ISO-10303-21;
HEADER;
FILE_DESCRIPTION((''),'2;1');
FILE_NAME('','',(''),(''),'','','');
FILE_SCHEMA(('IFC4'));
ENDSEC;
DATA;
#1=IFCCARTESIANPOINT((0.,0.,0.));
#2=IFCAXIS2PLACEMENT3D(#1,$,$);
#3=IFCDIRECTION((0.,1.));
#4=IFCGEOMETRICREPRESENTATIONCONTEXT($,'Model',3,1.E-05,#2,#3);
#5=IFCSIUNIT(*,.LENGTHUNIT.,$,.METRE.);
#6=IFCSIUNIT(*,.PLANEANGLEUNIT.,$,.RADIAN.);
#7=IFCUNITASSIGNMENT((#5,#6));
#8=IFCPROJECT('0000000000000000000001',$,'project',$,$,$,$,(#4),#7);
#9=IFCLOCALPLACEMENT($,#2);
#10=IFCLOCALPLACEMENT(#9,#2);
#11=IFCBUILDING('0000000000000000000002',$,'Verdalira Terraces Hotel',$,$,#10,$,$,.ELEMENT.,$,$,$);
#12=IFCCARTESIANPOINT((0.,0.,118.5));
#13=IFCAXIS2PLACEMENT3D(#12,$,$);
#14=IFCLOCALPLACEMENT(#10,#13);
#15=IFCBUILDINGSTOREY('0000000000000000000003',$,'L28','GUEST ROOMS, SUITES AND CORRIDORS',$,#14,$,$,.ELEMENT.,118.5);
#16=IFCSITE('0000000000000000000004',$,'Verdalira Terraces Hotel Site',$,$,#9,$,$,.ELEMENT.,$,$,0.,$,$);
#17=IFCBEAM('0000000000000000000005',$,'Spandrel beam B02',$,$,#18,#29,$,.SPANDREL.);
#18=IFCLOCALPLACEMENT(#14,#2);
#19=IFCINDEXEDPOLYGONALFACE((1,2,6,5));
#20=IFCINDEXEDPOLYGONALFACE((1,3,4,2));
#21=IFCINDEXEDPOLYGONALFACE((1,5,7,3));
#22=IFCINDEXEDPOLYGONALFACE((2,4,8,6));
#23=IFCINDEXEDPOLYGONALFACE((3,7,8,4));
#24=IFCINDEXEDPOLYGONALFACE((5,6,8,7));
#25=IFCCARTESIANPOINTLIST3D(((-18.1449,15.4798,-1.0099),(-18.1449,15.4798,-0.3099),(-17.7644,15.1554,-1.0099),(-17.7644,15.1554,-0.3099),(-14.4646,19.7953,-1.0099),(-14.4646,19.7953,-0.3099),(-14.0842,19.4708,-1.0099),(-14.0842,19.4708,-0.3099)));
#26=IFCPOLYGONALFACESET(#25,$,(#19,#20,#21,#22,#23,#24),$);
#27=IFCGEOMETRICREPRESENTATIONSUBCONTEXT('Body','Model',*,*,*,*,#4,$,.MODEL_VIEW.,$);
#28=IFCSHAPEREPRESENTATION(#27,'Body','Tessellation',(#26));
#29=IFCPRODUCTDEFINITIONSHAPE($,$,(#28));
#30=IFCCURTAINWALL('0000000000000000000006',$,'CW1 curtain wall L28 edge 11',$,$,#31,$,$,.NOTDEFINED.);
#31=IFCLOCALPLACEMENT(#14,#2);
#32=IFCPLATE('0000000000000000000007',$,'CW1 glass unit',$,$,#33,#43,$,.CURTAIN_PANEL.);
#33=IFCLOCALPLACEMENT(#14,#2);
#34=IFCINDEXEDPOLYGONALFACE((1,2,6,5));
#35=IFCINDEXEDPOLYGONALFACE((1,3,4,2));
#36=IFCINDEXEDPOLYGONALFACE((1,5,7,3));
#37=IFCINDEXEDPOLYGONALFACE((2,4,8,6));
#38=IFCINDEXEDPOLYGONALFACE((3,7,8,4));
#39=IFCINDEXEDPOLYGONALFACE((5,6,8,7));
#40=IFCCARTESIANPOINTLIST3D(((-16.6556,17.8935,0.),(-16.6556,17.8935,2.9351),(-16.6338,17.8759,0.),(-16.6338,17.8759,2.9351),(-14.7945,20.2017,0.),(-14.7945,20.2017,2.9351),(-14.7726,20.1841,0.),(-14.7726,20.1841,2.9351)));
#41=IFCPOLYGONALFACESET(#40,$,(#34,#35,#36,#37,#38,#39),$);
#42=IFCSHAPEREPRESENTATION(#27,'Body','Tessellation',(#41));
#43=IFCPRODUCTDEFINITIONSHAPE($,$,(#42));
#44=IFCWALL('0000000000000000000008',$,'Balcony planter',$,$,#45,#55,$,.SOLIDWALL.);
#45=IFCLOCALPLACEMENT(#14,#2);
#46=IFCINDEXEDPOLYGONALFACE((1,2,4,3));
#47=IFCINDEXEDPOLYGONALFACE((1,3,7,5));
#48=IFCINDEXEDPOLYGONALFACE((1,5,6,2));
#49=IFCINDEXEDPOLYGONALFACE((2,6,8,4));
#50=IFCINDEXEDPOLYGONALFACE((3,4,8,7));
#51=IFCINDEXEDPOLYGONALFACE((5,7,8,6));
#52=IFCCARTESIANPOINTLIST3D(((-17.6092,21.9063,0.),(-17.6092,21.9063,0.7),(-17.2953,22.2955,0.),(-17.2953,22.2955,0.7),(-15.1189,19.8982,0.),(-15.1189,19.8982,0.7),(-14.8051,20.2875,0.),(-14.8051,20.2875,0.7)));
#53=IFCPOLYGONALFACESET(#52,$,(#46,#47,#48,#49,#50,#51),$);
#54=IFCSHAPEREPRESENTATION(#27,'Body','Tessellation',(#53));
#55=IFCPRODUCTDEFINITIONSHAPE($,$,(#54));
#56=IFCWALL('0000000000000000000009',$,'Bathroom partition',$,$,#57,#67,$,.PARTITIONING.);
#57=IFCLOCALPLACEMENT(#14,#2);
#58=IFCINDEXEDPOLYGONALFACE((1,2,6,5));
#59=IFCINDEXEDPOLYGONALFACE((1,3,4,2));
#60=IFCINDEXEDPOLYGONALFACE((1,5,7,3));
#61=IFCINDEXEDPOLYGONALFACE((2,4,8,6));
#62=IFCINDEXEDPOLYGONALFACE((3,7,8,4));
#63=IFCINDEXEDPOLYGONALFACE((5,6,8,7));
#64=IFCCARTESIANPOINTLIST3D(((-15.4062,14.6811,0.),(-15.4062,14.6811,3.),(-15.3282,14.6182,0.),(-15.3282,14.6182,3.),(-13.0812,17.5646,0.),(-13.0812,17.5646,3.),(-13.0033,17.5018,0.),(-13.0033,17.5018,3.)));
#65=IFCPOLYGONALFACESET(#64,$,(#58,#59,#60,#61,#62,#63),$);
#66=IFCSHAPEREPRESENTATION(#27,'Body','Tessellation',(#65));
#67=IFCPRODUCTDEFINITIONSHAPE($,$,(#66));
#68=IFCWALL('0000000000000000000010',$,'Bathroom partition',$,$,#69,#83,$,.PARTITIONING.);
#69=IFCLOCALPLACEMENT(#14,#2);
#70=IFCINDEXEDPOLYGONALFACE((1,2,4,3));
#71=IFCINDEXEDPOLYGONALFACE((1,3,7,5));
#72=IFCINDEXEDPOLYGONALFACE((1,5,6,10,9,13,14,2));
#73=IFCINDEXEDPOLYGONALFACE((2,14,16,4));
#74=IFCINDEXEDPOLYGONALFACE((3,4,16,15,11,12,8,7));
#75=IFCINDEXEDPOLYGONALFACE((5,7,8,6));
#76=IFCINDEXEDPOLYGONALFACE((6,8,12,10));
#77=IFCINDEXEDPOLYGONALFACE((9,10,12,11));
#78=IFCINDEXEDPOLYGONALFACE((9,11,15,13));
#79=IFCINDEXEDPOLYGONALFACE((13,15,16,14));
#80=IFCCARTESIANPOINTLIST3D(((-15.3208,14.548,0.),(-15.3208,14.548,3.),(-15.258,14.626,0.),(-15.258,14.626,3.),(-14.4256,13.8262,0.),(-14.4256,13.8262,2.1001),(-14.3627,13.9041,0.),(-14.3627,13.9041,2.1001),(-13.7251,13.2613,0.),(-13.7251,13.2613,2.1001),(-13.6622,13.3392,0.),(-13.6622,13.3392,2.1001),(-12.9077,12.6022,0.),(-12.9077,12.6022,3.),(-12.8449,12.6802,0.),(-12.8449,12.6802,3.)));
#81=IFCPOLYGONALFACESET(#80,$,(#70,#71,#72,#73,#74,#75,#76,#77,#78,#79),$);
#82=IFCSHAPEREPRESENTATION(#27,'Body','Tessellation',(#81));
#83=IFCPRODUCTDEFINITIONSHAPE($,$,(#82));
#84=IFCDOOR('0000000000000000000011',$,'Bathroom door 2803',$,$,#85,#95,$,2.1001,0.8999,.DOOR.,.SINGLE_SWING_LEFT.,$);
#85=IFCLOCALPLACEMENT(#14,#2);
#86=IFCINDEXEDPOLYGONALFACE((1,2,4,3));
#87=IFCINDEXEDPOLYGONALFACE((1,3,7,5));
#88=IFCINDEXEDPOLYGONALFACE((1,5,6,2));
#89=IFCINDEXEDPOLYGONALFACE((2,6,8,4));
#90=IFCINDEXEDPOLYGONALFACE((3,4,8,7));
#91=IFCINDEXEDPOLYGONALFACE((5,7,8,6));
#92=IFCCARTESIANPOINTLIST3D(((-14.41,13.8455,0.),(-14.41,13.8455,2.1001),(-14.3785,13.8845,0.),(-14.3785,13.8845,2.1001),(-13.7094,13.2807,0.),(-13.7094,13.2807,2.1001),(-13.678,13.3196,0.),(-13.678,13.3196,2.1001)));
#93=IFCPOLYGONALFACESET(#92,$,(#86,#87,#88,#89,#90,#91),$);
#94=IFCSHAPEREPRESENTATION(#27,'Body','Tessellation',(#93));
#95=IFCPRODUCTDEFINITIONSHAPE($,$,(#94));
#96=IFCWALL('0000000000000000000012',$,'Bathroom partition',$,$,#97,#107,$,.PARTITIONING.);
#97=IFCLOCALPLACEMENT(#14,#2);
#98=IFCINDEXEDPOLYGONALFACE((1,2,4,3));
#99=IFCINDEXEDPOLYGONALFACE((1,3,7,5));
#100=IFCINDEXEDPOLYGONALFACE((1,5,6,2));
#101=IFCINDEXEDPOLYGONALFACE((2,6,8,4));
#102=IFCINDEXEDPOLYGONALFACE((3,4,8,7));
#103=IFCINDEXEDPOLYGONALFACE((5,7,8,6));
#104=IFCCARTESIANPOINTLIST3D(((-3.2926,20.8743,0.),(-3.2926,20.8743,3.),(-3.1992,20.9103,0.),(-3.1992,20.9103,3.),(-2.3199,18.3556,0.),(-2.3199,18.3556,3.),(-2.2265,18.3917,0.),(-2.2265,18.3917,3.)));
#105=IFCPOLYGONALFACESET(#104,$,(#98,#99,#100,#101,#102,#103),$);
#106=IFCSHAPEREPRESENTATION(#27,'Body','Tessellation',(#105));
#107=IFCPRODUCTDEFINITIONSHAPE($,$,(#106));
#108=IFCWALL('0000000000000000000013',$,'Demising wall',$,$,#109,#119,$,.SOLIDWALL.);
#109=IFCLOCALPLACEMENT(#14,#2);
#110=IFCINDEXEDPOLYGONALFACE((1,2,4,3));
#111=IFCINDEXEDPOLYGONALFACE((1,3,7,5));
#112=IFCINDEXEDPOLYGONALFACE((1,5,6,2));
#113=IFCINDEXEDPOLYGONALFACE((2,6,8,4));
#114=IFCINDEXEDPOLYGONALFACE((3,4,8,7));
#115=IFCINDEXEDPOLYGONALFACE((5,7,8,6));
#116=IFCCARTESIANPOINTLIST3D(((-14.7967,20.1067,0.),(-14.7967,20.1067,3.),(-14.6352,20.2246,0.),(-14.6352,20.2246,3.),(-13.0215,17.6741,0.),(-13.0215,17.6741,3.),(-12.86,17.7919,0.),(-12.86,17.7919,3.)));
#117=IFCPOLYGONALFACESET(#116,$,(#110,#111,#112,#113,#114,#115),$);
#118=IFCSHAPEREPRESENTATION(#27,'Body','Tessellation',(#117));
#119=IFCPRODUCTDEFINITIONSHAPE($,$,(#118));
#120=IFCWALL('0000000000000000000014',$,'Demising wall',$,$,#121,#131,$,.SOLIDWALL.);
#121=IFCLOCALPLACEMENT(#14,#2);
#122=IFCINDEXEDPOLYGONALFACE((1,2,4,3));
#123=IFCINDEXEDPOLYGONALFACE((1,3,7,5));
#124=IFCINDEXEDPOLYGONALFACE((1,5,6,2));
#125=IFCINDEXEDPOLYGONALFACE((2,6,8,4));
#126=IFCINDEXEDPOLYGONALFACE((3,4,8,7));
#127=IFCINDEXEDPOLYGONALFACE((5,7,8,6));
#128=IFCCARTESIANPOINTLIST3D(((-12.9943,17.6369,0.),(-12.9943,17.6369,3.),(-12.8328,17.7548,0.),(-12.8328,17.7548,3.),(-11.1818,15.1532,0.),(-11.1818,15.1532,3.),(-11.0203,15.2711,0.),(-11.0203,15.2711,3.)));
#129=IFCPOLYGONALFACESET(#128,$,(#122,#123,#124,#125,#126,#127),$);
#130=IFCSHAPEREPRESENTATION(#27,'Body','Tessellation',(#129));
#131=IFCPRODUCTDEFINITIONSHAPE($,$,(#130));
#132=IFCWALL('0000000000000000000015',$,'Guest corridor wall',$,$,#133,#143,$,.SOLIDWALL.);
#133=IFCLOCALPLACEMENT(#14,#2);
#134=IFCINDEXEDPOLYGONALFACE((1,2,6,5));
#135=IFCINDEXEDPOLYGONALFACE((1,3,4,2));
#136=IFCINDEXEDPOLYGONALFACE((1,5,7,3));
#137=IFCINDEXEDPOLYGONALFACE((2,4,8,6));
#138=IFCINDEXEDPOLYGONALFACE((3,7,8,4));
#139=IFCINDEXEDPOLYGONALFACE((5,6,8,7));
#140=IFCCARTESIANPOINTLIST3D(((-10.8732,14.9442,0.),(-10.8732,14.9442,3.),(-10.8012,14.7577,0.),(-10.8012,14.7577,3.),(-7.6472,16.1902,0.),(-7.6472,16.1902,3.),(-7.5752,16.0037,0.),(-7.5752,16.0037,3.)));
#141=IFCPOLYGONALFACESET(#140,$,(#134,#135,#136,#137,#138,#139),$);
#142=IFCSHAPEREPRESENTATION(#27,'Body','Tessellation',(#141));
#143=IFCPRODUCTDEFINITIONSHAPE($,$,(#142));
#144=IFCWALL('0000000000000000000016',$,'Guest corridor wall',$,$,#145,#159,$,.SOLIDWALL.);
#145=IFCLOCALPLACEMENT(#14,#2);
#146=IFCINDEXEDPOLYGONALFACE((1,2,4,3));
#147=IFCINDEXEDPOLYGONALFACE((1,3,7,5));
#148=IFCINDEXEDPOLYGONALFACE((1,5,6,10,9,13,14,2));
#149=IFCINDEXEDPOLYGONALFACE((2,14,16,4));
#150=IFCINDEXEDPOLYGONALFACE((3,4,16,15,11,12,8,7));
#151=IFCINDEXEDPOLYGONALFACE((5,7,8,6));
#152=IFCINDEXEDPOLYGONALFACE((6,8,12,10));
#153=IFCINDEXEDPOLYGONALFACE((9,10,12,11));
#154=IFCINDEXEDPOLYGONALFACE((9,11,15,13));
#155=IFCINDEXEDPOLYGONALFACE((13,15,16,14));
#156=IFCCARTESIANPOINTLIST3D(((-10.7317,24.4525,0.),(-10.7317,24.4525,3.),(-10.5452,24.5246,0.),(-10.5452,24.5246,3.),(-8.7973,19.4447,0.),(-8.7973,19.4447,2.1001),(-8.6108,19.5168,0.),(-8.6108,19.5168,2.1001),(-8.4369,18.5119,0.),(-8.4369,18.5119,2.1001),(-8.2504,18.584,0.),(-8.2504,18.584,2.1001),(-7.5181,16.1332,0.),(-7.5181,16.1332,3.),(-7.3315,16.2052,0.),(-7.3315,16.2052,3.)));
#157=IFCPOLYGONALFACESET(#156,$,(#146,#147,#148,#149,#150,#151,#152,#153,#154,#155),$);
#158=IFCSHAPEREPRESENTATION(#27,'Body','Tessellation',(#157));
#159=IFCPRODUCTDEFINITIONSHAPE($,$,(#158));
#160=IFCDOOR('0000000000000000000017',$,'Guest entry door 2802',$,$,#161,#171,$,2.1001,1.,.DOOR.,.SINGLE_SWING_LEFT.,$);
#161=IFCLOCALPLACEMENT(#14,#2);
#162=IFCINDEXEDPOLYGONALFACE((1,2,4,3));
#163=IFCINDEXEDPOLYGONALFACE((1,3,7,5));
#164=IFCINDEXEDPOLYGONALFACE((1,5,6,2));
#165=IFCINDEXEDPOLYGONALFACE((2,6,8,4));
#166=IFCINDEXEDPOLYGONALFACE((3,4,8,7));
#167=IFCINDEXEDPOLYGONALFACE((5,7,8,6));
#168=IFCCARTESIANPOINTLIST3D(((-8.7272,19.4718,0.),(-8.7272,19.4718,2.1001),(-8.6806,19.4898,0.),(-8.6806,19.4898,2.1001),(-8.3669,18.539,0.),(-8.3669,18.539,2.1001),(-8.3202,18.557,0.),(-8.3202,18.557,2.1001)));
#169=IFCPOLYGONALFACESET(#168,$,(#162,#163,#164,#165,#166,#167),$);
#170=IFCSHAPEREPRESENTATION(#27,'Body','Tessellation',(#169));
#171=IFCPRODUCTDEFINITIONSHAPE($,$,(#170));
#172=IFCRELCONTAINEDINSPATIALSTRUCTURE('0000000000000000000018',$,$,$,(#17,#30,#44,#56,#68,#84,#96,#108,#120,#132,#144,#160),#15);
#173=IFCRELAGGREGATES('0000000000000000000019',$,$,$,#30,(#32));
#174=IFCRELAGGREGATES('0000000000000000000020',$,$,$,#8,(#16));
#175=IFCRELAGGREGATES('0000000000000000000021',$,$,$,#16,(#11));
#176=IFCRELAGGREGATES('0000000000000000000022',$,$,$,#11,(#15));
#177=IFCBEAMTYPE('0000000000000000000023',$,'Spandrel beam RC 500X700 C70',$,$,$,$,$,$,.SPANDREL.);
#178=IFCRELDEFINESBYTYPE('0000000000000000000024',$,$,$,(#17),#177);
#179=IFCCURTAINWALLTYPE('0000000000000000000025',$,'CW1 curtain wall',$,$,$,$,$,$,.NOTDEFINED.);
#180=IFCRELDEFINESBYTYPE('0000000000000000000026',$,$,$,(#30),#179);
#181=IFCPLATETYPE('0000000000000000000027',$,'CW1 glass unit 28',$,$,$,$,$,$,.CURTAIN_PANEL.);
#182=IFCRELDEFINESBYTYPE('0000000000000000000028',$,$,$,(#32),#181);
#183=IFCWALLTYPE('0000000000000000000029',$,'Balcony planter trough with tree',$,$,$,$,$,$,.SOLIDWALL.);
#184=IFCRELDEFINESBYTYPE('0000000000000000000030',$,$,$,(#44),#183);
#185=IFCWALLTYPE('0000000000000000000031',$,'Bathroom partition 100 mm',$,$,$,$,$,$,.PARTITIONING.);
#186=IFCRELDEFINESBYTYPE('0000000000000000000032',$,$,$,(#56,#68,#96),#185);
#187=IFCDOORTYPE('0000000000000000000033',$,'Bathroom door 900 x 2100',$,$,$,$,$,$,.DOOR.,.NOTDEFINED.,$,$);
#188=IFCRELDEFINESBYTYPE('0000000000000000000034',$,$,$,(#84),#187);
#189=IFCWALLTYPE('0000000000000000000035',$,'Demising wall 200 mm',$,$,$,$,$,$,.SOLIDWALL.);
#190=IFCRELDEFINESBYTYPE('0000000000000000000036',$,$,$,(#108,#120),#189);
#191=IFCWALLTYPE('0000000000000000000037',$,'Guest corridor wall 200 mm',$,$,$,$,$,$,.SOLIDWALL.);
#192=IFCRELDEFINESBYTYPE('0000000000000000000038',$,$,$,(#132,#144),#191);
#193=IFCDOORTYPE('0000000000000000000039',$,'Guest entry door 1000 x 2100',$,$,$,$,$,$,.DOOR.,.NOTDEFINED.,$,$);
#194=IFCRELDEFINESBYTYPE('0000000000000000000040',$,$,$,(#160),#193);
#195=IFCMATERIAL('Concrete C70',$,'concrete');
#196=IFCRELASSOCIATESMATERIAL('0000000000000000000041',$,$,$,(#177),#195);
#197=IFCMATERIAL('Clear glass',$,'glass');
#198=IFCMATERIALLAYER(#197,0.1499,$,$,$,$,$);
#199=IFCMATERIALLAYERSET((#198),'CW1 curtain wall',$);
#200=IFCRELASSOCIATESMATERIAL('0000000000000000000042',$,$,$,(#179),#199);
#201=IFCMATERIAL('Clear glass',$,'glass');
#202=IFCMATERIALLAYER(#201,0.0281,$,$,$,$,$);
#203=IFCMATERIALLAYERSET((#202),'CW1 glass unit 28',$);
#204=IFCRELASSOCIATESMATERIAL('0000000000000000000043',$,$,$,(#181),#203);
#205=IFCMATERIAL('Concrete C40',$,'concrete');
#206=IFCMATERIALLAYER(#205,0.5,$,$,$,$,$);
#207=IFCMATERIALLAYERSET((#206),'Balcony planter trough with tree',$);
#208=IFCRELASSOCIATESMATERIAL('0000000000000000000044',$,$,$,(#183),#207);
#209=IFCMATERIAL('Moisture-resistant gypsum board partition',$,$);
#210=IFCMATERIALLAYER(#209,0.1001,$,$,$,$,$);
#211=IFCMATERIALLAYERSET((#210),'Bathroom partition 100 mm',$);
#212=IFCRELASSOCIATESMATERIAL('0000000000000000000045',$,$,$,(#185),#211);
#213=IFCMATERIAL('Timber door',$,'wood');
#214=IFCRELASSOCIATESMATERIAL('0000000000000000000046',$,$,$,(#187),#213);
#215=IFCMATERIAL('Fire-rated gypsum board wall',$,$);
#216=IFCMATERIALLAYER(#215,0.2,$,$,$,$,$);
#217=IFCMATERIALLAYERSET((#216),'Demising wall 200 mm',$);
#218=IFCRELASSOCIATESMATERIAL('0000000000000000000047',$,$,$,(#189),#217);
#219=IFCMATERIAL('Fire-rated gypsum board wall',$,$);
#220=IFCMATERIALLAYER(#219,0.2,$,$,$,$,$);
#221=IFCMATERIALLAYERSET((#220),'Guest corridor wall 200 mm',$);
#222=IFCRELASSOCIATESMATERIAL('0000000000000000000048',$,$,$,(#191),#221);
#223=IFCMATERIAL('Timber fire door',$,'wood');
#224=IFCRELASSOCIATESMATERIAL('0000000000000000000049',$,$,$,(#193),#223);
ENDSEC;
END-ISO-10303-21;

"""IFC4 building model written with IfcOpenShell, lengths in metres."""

from ifc_helpers import new_model, si_unit, direction, frame, frame_2d, origin, origin_2d, place, context, subcontext, project, spatial, rectangle, extrude, material, layer, layer_set, material_profile, profile_set, type_object, element, fill, aggregate, save


model = new_model("IFC4")

# Units and contexts
model_context = context("Model", 3, precision=1e-05, world=origin(), true_north=direction((0.0, 1.0)))
body_context = subcontext(model_context, "Body", "Model", "MODEL_VIEW")
ifc_project = project(units=[si_unit("LENGTHUNIT", "METRE"), si_unit("PLANEANGLEUNIT", "RADIAN")], contexts=[model_context])

# Site, building, storey
site_placement = place(None, origin())
site = spatial("IfcSite", under=ifc_project, at=site_placement, Name="Verdalira Terraces Hotel Site", CompositionType="ELEMENT", RefElevation=0.0)
building_placement = place(site_placement, origin())
building = spatial("IfcBuilding", under=site, at=building_placement, Name="Verdalira Terraces Hotel", CompositionType="ELEMENT")
storey_placement = place(building_placement, frame((0.0, 0.0, 118.5)))
storey = spatial("IfcBuildingStorey", under=building, at=storey_placement, Name="L28", Description="GUEST ROOMS, SUITES AND CORRIDORS", CompositionType="ELEMENT", Elevation=118.5)

# Beam
ifc_material_1 = material(Name="Concrete C70", Category="concrete")
ifc_material_profile = material_profile(ifc_material_1, rectangle(XDim=0.5, YDim=0.7, at=origin_2d()), Name="RC 500X700")
ifc_profile_set = profile_set([ifc_material_profile], Name="Concrete C70")
beam_type = type_object("IfcBeamType", Name="Spandrel beam RC 500X700 C70", PredefinedType="SPANDREL", material=ifc_profile_set)
beam_placement = place(storey_placement, frame((-14.2744, 19.6331, -0.6599), z_axis=(-0.648882, -0.760889, 0.0), x_axis=(0.760889, -0.648882, 0.0)))
element("IfcBeam", 1, at=beam_placement, inside=storey, type_object=beam_type, Name="Spandrel beam B02", PredefinedType="SPANDREL", context=body_context, shape_type="SweptSolid", body=[
    extrude(rectangle(XDim=0.5, YDim=0.7, at=origin_2d()), origin(), (0.0, 0.0, 1.0), 5.6716),
])

# Curtain wall, plate
ifc_material_2 = material(Name="Clear glass", Category="glass")
ifc_layer_1 = layer(ifc_material_2, 0.1499)
ifc_layer_set_1 = layer_set([ifc_layer_1], Name="CW1 curtain wall")
curtain_wall_type = type_object("IfcCurtainWallType", Name="CW1 curtain wall", PredefinedType="NOTDEFINED", material=ifc_layer_set_1)
curtain_wall_placement = place(storey_placement, origin())
curtain_wall = element("IfcCurtainWall", 2, at=curtain_wall_placement, inside=storey, type_object=curtain_wall_type, Name="CW1 curtain wall L28 edge 11", PredefinedType="NOTDEFINED")
ifc_material_3 = material(Name="Clear glass", Category="glass")
ifc_layer_2 = layer(ifc_material_3, 0.0281)
ifc_layer_set_2 = layer_set([ifc_layer_2], Name="CW1 glass unit 28")
plate_type = type_object("IfcPlateType", Name="CW1 glass unit 28", PredefinedType="CURTAIN_PANEL", material=ifc_layer_set_2)
plate_placement = place(storey_placement, frame((-15.7141, 19.0388, 0.0), z_axis=(0.0, 0.0, 1.0), x_axis=(-0.627691, -0.778462, 0.0)))
plate = element("IfcPlate", 3, at=plate_placement, type_object=plate_type, Name="CW1 glass unit", PredefinedType="CURTAIN_PANEL", context=body_context, shape_type="SweptSolid", body=[
    extrude(rectangle(XDim=2.9651, YDim=0.0281, at=origin_2d()), origin(), (0.0, 0.0, 1.0), 2.9351),
])
aggregate(curtain_wall, [plate])

# Walls
ifc_material_4 = material(Name="Concrete C40", Category="concrete")
ifc_layer_3 = layer(ifc_material_4, 0.5)
ifc_layer_set_3 = layer_set([ifc_layer_3], Name="Balcony planter trough with tree")
wall_type_1 = type_object("IfcWallType", Name="Balcony planter trough with tree", PredefinedType="SOLIDWALL", material=ifc_layer_set_3)
wall_1_placement = place(storey_placement, frame((-14.9619, 20.0928, 0.0), z_axis=(0.0, 0.0, 1.0), x_axis=(-0.778443, 0.627715, 0.0)))
element("IfcWall", 4, at=wall_1_placement, inside=storey, type_object=wall_type_1, Name="Balcony planter", PredefinedType="SOLIDWALL", context=body_context, shape_type="SweptSolid", body=[
    extrude(rectangle(XDim=3.199, YDim=0.5, at=frame_2d((1.5996, 0.0))), origin(), (0.0, 0.0, 1.0), 0.7),
])
ifc_material_5 = material(Name="Moisture-resistant gypsum board partition")
ifc_layer_4 = layer(ifc_material_5, 0.1001)
ifc_layer_set_4 = layer_set([ifc_layer_4], Name="Bathroom partition 100 mm")
wall_type_2 = type_object("IfcWallType", Name="Bathroom partition 100 mm", PredefinedType="PARTITIONING", material=ifc_layer_set_4)
wall_2_placement = place(storey_placement, frame((-15.3672, 14.6497, 0.0), z_axis=(0.0, 0.0, 1.0), x_axis=(0.627673, 0.778477, 0.0)))
element("IfcWall", 5, at=wall_2_placement, inside=storey, type_object=wall_type_2, Name="Bathroom partition", PredefinedType="PARTITIONING", context=body_context, shape_type="SweptSolid", body=[
    extrude(rectangle(XDim=3.7041, YDim=0.1001, at=frame_2d((1.8521, 0.0))), origin(), (0.0, 0.0, 1.0), 3.0),
])

# Wall, opening, door
wall_3_placement = place(storey_placement, frame((-15.2893, 14.5869, 0.0), z_axis=(0.0, 0.0, 1.0), x_axis=(0.77845, -0.627706, 0.0)))
wall_3 = element("IfcWall", 6, at=wall_3_placement, inside=storey, type_object=wall_type_2, Name="Bathroom partition", PredefinedType="PARTITIONING", context=body_context, shape_type="SweptSolid", body=[
    extrude(rectangle(XDim=3.0999, YDim=0.1001, at=frame_2d((1.5498, 0.0))), origin(), (0.0, 0.0, 1.0), 3.0),
])
opening_1_placement = place(wall_3_placement, frame((1.1499, 0.0, 0.0)))
opening_1 = element("IfcOpeningElement", 7, at=opening_1_placement, cuts=wall_3, PredefinedType="OPENING", context=body_context, shape_type="SweptSolid", body=[
    extrude(rectangle(XDim=0.8999, YDim=2.1001, at=frame_2d((0.45, 1.05))), frame((0.0, 0.0601, 0.0), z_axis=(0.0, -1.0, 0.0), x_axis=(1.0, 0.0, 0.0)), (0.0, 0.0, 1.0), 0.1201),
])
ifc_material_6 = material(Name="Timber door", Category="wood")
door_type_1 = type_object("IfcDoorType", Name="Bathroom door 900 x 2100", OperationType="NOTDEFINED", PredefinedType="DOOR", material=ifc_material_6)
door_1_placement = place(opening_1_placement, origin())
door_1 = element("IfcDoor", 8, at=door_1_placement, inside=storey, type_object=door_type_1, Name="Bathroom door 2803", OperationType="SINGLE_SWING_LEFT", OverallHeight=2.1001, OverallWidth=0.8999, PredefinedType="DOOR", context=body_context, shape_type="SweptSolid", body=[
    extrude(rectangle(XDim=0.8999, YDim=2.1001, at=frame_2d((0.45, 1.05))), frame((0.0, 0.0249, 0.0), z_axis=(0.0, -1.0, 0.0), x_axis=(1.0, 0.0, 0.0)), (0.0, 0.0, 1.0), 0.05),
])
fill(opening_1, door_1)

# Walls
wall_4_placement = place(storey_placement, frame((-2.2732, 18.3735, 0.0), z_axis=(0.0, 0.0, 1.0), x_axis=(-0.360263, 0.932851, 0.0)))
element("IfcWall", 9, at=wall_4_placement, inside=storey, type_object=wall_type_2, Name="Bathroom partition", PredefinedType="PARTITIONING", context=body_context, shape_type="SweptSolid", body=[
    extrude(rectangle(XDim=2.7, YDim=0.1001, at=frame_2d((1.3501, 0.0))), origin(), (0.0, 0.0, 1.0), 3.0),
])
ifc_material_7 = material(Name="Fire-rated gypsum board wall")
ifc_layer_5 = layer(ifc_material_7, 0.2)
ifc_layer_set_5 = layer_set([ifc_layer_5], Name="Demising wall 200 mm")
wall_type_3 = type_object("IfcWallType", Name="Demising wall 200 mm", PredefinedType="SOLIDWALL", material=ifc_layer_set_5)
wall_5_placement = place(storey_placement, frame((-12.9407, 17.7329, 0.0), z_axis=(0.0, 0.0, 1.0), x_axis=(-0.589468, 0.807792, 0.0)))
element("IfcWall", 10, at=wall_5_placement, inside=storey, type_object=wall_type_3, Name="Demising wall", PredefinedType="SOLIDWALL", context=body_context, shape_type="SweptSolid", body=[
    extrude(rectangle(XDim=3.0115, YDim=0.2, at=frame_2d((1.5059, 0.0))), origin(), (0.0, 0.0, 1.0), 3.0),
])
wall_6_placement = place(storey_placement, frame((-11.1011, 15.2122, 0.0), z_axis=(0.0, 0.0, 1.0), x_axis=(-0.589493, 0.807774, 0.0)))
element("IfcWall", 11, at=wall_6_placement, inside=storey, type_object=wall_type_3, Name="Demising wall", PredefinedType="SOLIDWALL", context=body_context, shape_type="SweptSolid", body=[
    extrude(rectangle(XDim=3.0747, YDim=0.2, at=frame_2d((1.5374, 0.0))), origin(), (0.0, 0.0, 1.0), 3.0),
])
ifc_material_8 = material(Name="Fire-rated gypsum board wall")
ifc_layer_6 = layer(ifc_material_8, 0.2)
ifc_layer_set_6 = layer_set([ifc_layer_6], Name="Guest corridor wall 200 mm")
wall_type_4 = type_object("IfcWallType", Name="Guest corridor wall 200 mm", PredefinedType="SOLIDWALL", material=ifc_layer_set_6)
wall_7_placement = place(storey_placement, frame((-7.6113, 16.0969, 0.0), z_axis=(0.0, 0.0, 1.0), x_axis=(-0.932832, -0.360313, 0.0)))
element("IfcWall", 12, at=wall_7_placement, inside=storey, type_object=wall_type_4, Name="Guest corridor wall", PredefinedType="SOLIDWALL", context=body_context, shape_type="SweptSolid", body=[
    extrude(rectangle(XDim=3.4583, YDim=0.2, at=frame_2d((1.729, 0.0))), origin(), (0.0, 0.0, 1.0), 3.0),
])

# Wall, opening, door
wall_8_placement = place(storey_placement, frame((-7.4248, 16.1692, 0.0), z_axis=(0.0, 0.0, 1.0), x_axis=(-0.360334, 0.932823, 0.0)))
wall_8 = element("IfcWall", 13, at=wall_8_placement, inside=storey, type_object=wall_type_4, Name="Guest corridor wall", PredefinedType="SOLIDWALL", context=body_context, shape_type="SweptSolid", body=[
    extrude(rectangle(XDim=8.9185, YDim=0.2, at=frame_2d((4.4592, 0.0))), origin(), (0.0, 0.0, 1.0), 3.0),
])
opening_2_placement = place(wall_8_placement, frame((2.55, 0.0, 0.0)))
opening_2 = element("IfcOpeningElement", 14, at=opening_2_placement, cuts=wall_8, PredefinedType="OPENING", context=body_context, shape_type="SweptSolid", body=[
    extrude(rectangle(XDim=1.0, YDim=2.1001, at=frame_2d((0.5, 1.05))), frame((0.0, 0.1099, 0.0), z_axis=(0.0, -1.0, 0.0), x_axis=(1.0, 0.0, 0.0)), (0.0, 0.0, 1.0), 0.22),
])
ifc_material_9 = material(Name="Timber fire door", Category="wood")
door_type_2 = type_object("IfcDoorType", Name="Guest entry door 1000 x 2100", OperationType="NOTDEFINED", PredefinedType="DOOR", material=ifc_material_9)
door_2_placement = place(opening_2_placement, origin())
door_2 = element("IfcDoor", 15, at=door_2_placement, inside=storey, type_object=door_type_2, Name="Guest entry door 2802", OperationType="SINGLE_SWING_LEFT", OverallHeight=2.1001, OverallWidth=1.0, PredefinedType="DOOR", context=body_context, shape_type="SweptSolid", body=[
    extrude(rectangle(XDim=1.0, YDim=2.1001, at=frame_2d((0.5, 1.05))), frame((0.0, 0.0249, 0.0), z_axis=(0.0, -1.0, 0.0), x_axis=(1.0, 0.0, 0.0)), (0.0, 0.0, 1.0), 0.05),
])
fill(opening_2, door_2)

save(model, "model.ifc")
